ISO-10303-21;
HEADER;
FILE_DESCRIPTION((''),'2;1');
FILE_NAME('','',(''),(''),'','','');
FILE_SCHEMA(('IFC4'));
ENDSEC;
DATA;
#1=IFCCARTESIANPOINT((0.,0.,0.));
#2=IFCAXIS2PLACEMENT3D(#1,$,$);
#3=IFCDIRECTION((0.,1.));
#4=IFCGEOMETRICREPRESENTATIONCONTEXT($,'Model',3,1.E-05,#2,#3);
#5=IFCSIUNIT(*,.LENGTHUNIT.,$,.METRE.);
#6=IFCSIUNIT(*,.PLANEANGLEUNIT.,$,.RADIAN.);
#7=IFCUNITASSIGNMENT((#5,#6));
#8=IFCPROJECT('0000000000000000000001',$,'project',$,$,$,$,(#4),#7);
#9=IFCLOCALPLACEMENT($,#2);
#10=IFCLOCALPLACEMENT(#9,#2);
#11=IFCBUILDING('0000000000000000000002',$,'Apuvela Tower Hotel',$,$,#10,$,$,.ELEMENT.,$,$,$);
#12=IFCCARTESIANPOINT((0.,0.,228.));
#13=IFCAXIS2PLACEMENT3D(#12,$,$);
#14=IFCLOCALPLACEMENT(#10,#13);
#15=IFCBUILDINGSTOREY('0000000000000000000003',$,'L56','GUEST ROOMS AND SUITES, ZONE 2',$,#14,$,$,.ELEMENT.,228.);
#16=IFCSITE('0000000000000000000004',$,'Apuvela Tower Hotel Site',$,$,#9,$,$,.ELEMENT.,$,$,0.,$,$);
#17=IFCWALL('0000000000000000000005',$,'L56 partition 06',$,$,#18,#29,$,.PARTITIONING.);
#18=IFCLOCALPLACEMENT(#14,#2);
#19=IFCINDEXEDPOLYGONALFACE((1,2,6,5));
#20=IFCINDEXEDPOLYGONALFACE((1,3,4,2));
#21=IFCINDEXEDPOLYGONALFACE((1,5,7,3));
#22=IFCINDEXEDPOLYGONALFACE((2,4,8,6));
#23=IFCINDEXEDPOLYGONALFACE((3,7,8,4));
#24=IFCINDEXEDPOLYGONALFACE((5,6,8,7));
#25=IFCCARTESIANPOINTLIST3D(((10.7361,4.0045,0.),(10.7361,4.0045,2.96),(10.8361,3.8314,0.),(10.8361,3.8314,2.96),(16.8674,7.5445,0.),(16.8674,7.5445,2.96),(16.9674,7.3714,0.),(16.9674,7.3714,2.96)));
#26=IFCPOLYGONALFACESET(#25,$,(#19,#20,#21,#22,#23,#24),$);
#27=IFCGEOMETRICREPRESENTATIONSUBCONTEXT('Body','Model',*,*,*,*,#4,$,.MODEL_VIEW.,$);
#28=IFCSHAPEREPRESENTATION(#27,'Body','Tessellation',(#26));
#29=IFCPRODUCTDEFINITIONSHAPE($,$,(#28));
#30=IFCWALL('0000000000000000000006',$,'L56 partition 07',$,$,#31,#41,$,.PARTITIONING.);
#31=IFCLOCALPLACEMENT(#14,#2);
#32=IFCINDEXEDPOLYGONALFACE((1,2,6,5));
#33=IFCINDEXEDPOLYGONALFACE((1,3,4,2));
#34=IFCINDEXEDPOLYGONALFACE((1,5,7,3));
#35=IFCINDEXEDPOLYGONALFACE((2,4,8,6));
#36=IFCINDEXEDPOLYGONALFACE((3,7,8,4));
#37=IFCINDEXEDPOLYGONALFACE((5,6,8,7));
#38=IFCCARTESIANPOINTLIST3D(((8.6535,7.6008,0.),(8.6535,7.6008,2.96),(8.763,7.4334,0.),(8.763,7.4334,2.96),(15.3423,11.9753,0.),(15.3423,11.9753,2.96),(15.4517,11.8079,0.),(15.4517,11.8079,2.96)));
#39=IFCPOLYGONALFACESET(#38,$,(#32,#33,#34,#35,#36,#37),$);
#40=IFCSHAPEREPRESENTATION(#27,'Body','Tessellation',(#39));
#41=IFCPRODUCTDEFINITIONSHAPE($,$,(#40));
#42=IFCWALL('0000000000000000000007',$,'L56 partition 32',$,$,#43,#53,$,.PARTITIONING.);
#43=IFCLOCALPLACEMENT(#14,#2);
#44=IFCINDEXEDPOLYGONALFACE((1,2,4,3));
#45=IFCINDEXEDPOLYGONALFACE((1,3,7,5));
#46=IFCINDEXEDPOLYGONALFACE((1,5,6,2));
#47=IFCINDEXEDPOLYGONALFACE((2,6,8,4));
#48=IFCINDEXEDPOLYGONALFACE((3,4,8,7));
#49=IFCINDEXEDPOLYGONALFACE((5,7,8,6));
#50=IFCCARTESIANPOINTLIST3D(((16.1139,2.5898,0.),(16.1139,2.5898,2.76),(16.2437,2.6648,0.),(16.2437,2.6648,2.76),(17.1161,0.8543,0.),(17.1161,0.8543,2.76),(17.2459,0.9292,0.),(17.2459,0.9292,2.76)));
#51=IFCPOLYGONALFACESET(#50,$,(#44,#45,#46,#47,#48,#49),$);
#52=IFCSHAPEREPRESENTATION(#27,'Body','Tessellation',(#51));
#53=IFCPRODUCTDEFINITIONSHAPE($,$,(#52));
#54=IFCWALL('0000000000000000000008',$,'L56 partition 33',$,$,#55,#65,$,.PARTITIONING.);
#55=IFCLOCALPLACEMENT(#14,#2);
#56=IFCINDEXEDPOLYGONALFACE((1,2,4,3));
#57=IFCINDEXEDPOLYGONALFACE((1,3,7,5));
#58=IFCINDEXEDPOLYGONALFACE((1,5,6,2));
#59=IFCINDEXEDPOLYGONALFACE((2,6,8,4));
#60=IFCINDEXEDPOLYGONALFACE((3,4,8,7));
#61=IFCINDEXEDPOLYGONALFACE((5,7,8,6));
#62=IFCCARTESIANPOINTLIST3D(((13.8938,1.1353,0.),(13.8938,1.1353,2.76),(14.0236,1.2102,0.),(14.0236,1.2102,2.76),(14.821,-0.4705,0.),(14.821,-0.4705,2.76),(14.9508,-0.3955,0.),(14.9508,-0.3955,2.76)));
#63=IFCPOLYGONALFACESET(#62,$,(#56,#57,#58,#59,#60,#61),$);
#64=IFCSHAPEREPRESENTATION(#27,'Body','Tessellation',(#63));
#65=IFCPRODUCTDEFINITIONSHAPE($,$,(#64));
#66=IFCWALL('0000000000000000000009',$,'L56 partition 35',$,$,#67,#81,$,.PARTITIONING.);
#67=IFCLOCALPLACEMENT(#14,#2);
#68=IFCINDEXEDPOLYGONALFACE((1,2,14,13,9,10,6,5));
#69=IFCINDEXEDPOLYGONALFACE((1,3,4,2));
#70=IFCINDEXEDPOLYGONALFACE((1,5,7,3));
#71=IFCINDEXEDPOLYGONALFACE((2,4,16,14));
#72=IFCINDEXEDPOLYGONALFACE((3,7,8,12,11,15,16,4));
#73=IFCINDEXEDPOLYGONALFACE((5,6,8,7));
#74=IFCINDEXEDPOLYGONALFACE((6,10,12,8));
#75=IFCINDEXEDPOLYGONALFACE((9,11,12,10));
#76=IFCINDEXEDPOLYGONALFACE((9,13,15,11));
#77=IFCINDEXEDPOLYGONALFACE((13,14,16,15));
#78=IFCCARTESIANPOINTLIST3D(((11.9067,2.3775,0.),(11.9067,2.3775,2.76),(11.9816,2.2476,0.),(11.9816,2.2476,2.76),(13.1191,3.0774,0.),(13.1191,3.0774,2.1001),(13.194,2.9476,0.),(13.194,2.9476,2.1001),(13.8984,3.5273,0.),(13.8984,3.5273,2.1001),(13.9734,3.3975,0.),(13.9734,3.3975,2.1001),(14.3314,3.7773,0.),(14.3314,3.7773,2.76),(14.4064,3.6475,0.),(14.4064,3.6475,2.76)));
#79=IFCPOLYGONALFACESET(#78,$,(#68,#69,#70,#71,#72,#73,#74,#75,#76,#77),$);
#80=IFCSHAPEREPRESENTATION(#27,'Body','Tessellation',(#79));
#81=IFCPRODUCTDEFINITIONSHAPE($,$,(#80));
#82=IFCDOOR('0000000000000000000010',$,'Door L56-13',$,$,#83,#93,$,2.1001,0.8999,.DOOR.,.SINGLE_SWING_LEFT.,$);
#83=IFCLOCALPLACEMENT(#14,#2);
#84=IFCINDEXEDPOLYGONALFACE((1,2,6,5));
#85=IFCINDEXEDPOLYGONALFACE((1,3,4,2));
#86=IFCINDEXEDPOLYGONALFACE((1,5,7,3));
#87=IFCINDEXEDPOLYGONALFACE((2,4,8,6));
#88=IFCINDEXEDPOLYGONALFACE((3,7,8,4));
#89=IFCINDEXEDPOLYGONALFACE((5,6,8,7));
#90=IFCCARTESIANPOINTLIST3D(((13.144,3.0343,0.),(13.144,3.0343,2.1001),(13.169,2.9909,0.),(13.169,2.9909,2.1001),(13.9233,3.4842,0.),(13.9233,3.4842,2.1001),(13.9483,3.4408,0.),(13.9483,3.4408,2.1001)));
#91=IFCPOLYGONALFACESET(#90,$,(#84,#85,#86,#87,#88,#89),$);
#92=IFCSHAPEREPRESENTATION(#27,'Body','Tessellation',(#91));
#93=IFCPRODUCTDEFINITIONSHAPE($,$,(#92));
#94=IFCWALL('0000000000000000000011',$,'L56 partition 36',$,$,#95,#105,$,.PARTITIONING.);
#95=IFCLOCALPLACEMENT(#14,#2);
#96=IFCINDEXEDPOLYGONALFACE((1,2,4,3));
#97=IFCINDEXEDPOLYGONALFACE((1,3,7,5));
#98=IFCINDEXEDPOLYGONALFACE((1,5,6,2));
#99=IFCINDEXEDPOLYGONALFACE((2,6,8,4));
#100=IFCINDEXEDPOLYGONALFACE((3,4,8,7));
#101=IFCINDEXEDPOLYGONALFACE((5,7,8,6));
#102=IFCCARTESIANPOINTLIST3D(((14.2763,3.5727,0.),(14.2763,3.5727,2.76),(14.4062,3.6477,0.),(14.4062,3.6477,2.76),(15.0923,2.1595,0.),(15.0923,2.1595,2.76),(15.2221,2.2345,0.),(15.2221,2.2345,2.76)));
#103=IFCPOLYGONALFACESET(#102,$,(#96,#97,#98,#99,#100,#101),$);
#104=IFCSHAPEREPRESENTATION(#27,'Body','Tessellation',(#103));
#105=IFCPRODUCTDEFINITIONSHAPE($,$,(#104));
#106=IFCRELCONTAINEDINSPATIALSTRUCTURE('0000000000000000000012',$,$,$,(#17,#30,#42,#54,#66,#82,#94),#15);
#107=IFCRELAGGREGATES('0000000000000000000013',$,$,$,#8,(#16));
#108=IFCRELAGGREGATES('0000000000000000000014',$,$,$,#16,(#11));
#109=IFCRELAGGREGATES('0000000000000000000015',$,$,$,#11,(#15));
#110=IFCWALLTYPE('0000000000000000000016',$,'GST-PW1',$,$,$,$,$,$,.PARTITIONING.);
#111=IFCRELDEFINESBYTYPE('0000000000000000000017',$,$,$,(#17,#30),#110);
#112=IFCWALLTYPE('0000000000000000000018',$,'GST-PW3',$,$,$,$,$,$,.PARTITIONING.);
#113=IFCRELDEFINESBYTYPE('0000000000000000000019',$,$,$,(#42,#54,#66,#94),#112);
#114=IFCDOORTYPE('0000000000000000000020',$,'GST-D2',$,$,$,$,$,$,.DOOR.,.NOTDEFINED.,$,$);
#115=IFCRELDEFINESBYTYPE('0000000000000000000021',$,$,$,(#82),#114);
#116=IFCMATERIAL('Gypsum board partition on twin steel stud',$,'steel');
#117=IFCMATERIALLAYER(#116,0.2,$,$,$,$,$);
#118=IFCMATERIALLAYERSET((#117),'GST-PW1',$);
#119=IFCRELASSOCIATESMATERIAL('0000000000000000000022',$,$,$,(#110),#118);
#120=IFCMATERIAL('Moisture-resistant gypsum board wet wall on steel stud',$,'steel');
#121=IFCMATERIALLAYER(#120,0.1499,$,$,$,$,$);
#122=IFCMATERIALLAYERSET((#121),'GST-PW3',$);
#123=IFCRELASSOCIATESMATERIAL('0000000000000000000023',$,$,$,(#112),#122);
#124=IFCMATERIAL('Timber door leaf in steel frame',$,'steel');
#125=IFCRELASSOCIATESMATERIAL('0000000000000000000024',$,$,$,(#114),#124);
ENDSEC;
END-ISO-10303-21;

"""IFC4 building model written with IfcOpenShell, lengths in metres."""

from ifc_helpers import new_model, si_unit, direction, frame, frame_2d, origin, place, context, subcontext, project, spatial, rectangle, extrude, material, layer, layer_set, type_object, element, fill, save


model = new_model("IFC4")

# Units and contexts
model_context = context("Model", 3, precision=1e-05, world=origin(), true_north=direction((0.0, 1.0)))
body_context = subcontext(model_context, "Body", "Model", "MODEL_VIEW")
ifc_project = project(units=[si_unit("LENGTHUNIT", "METRE"), si_unit("PLANEANGLEUNIT", "RADIAN")], contexts=[model_context])

# Site, building, storey
site_placement = place(None, origin())
site = spatial("IfcSite", under=ifc_project, at=site_placement, Name="Apuvela Tower Hotel Site", CompositionType="ELEMENT", RefElevation=0.0)
building_placement = place(site_placement, origin())
building = spatial("IfcBuilding", under=site, at=building_placement, Name="Apuvela Tower Hotel", CompositionType="ELEMENT")
storey_placement = place(building_placement, frame((0.0, 0.0, 228.0)))
storey = spatial("IfcBuildingStorey", under=building, at=storey_placement, Name="L56", Description="GUEST ROOMS AND SUITES, ZONE 2", CompositionType="ELEMENT", Elevation=228.0)

# Walls
ifc_material_1 = material(Name="Gypsum board partition on twin steel stud", Category="steel")
ifc_layer_1 = layer(ifc_material_1, 0.2)
ifc_layer_set_1 = layer_set([ifc_layer_1], Name="GST-PW1")
wall_type_1 = type_object("IfcWallType", Name="GST-PW1", PredefinedType="PARTITIONING", material=ifc_layer_set_1)
wall_1_placement = place(storey_placement, frame((16.9175, 7.458, 0.0), z_axis=(0.0, 0.0, 1.0), x_axis=(-0.866019, -0.500011, 0.0)))
element("IfcWall", 1, at=wall_1_placement, inside=storey, type_object=wall_type_1, Name="L56 partition 06", PredefinedType="PARTITIONING", context=body_context, shape_type="SweptSolid", body=[
    extrude(rectangle(XDim=7.0798, YDim=0.2, at=frame_2d((3.54, 0.0))), origin(), (0.0, 0.0, 1.0), 2.96),
])
wall_2_placement = place(storey_placement, frame((15.397, 11.8916, 0.0), z_axis=(0.0, 0.0, 1.0), x_axis=(-0.836906, -0.547347, 0.0)))
element("IfcWall", 2, at=wall_2_placement, inside=storey, type_object=wall_type_1, Name="L56 partition 07", PredefinedType="PARTITIONING", context=body_context, shape_type="SweptSolid", body=[
    extrude(rectangle(XDim=7.9922, YDim=0.2, at=frame_2d((3.9961, 0.0))), origin(), (0.0, 0.0, 1.0), 2.96),
])
ifc_material_2 = material(Name="Moisture-resistant gypsum board wet wall on steel stud", Category="steel")
ifc_layer_2 = layer(ifc_material_2, 0.1499)
ifc_layer_set_2 = layer_set([ifc_layer_2], Name="GST-PW3")
wall_type_2 = type_object("IfcWallType", Name="GST-PW3", PredefinedType="PARTITIONING", material=ifc_layer_set_2)
wall_3_placement = place(storey_placement, frame((17.1809, 0.8918, 0.0), z_axis=(0.0, 0.0, 1.0), x_axis=(-0.500056, 0.865993, 0.0)))
element("IfcWall", 3, at=wall_3_placement, inside=storey, type_object=wall_type_2, Name="L56 partition 32", PredefinedType="PARTITIONING", context=body_context, shape_type="SweptSolid", body=[
    extrude(rectangle(XDim=2.0042, YDim=0.1499, at=frame_2d((1.002, 0.0))), origin(), (0.0, 0.0, 1.0), 2.76),
])
wall_4_placement = place(storey_placement, frame((14.886, -0.4331, 0.0), z_axis=(0.0, 0.0, 1.0), x_axis=(-0.500076, 0.865982, 0.0)))
element("IfcWall", 4, at=wall_4_placement, inside=storey, type_object=wall_type_2, Name="L56 partition 33", PredefinedType="PARTITIONING", context=body_context, shape_type="SweptSolid", body=[
    extrude(rectangle(XDim=1.8542, YDim=0.1499, at=frame_2d((0.9272, 0.0))), origin(), (0.0, 0.0, 1.0), 2.76),
])

# Wall, opening, door
wall_5_placement = place(storey_placement, frame((14.3689, 3.7124, 0.0), z_axis=(0.0, 0.0, 1.0), x_axis=(-0.866035, -0.499984, 0.0)))
wall_5 = element("IfcWall", 5, at=wall_5_placement, inside=storey, type_object=wall_type_2, Name="L56 partition 35", PredefinedType="PARTITIONING", context=body_context, shape_type="SweptSolid", body=[
    extrude(rectangle(XDim=2.7998, YDim=0.1499, at=frame_2d((1.3999, 0.0))), origin(), (0.0, 0.0, 1.0), 2.76),
])
opening_1_placement = place(wall_5_placement, frame((0.5, 0.0, 0.0)))
opening_1 = element("IfcOpeningElement", 6, at=opening_1_placement, cuts=wall_5, PredefinedType="OPENING", context=body_context, shape_type="SweptSolid", body=[
    extrude(rectangle(XDim=0.8999, YDim=2.1001, at=frame_2d((0.45, 1.05))), frame((0.0, 0.085, 0.0), z_axis=(0.0, -1.0, 0.0), x_axis=(1.0, 0.0, 0.0)), (0.0, 0.0, 1.0), 0.1699),
])
ifc_material_3 = material(Name="Timber door leaf in steel frame", Category="steel")
door_type_1 = type_object("IfcDoorType", Name="GST-D2", OperationType="NOTDEFINED", PredefinedType="DOOR", material=ifc_material_3)
door_1_placement = place(opening_1_placement, origin())
door_1 = element("IfcDoor", 7, at=door_1_placement, inside=storey, type_object=door_type_1, Name="Door L56-13", OperationType="SINGLE_SWING_LEFT", OverallHeight=2.1001, OverallWidth=0.8999, PredefinedType="DOOR", context=body_context, shape_type="SweptSolid", body=[
    extrude(rectangle(XDim=0.8999, YDim=2.1001, at=frame_2d((0.45, 1.05))), frame((0.0, 0.0249, 0.0), z_axis=(0.0, -1.0, 0.0), x_axis=(1.0, 0.0, 0.0)), (0.0, 0.0, 1.0), 0.05),
])
fill(opening_1, door_1)

# Wall
wall_6_placement = place(storey_placement, frame((15.1572, 2.197, 0.0), z_axis=(0.0, 0.0, 1.0), x_axis=(-0.500033, 0.866006, 0.0)))
element("IfcWall", 8, at=wall_6_placement, inside=storey, type_object=wall_type_2, Name="L56 partition 36", PredefinedType="PARTITIONING", context=body_context, shape_type="SweptSolid", body=[
    extrude(rectangle(XDim=1.6318, YDim=0.1499, at=frame_2d((0.8159, 0.0))), origin(), (0.0, 0.0, 1.0), 2.76),
])

save(model, "model.ifc")
